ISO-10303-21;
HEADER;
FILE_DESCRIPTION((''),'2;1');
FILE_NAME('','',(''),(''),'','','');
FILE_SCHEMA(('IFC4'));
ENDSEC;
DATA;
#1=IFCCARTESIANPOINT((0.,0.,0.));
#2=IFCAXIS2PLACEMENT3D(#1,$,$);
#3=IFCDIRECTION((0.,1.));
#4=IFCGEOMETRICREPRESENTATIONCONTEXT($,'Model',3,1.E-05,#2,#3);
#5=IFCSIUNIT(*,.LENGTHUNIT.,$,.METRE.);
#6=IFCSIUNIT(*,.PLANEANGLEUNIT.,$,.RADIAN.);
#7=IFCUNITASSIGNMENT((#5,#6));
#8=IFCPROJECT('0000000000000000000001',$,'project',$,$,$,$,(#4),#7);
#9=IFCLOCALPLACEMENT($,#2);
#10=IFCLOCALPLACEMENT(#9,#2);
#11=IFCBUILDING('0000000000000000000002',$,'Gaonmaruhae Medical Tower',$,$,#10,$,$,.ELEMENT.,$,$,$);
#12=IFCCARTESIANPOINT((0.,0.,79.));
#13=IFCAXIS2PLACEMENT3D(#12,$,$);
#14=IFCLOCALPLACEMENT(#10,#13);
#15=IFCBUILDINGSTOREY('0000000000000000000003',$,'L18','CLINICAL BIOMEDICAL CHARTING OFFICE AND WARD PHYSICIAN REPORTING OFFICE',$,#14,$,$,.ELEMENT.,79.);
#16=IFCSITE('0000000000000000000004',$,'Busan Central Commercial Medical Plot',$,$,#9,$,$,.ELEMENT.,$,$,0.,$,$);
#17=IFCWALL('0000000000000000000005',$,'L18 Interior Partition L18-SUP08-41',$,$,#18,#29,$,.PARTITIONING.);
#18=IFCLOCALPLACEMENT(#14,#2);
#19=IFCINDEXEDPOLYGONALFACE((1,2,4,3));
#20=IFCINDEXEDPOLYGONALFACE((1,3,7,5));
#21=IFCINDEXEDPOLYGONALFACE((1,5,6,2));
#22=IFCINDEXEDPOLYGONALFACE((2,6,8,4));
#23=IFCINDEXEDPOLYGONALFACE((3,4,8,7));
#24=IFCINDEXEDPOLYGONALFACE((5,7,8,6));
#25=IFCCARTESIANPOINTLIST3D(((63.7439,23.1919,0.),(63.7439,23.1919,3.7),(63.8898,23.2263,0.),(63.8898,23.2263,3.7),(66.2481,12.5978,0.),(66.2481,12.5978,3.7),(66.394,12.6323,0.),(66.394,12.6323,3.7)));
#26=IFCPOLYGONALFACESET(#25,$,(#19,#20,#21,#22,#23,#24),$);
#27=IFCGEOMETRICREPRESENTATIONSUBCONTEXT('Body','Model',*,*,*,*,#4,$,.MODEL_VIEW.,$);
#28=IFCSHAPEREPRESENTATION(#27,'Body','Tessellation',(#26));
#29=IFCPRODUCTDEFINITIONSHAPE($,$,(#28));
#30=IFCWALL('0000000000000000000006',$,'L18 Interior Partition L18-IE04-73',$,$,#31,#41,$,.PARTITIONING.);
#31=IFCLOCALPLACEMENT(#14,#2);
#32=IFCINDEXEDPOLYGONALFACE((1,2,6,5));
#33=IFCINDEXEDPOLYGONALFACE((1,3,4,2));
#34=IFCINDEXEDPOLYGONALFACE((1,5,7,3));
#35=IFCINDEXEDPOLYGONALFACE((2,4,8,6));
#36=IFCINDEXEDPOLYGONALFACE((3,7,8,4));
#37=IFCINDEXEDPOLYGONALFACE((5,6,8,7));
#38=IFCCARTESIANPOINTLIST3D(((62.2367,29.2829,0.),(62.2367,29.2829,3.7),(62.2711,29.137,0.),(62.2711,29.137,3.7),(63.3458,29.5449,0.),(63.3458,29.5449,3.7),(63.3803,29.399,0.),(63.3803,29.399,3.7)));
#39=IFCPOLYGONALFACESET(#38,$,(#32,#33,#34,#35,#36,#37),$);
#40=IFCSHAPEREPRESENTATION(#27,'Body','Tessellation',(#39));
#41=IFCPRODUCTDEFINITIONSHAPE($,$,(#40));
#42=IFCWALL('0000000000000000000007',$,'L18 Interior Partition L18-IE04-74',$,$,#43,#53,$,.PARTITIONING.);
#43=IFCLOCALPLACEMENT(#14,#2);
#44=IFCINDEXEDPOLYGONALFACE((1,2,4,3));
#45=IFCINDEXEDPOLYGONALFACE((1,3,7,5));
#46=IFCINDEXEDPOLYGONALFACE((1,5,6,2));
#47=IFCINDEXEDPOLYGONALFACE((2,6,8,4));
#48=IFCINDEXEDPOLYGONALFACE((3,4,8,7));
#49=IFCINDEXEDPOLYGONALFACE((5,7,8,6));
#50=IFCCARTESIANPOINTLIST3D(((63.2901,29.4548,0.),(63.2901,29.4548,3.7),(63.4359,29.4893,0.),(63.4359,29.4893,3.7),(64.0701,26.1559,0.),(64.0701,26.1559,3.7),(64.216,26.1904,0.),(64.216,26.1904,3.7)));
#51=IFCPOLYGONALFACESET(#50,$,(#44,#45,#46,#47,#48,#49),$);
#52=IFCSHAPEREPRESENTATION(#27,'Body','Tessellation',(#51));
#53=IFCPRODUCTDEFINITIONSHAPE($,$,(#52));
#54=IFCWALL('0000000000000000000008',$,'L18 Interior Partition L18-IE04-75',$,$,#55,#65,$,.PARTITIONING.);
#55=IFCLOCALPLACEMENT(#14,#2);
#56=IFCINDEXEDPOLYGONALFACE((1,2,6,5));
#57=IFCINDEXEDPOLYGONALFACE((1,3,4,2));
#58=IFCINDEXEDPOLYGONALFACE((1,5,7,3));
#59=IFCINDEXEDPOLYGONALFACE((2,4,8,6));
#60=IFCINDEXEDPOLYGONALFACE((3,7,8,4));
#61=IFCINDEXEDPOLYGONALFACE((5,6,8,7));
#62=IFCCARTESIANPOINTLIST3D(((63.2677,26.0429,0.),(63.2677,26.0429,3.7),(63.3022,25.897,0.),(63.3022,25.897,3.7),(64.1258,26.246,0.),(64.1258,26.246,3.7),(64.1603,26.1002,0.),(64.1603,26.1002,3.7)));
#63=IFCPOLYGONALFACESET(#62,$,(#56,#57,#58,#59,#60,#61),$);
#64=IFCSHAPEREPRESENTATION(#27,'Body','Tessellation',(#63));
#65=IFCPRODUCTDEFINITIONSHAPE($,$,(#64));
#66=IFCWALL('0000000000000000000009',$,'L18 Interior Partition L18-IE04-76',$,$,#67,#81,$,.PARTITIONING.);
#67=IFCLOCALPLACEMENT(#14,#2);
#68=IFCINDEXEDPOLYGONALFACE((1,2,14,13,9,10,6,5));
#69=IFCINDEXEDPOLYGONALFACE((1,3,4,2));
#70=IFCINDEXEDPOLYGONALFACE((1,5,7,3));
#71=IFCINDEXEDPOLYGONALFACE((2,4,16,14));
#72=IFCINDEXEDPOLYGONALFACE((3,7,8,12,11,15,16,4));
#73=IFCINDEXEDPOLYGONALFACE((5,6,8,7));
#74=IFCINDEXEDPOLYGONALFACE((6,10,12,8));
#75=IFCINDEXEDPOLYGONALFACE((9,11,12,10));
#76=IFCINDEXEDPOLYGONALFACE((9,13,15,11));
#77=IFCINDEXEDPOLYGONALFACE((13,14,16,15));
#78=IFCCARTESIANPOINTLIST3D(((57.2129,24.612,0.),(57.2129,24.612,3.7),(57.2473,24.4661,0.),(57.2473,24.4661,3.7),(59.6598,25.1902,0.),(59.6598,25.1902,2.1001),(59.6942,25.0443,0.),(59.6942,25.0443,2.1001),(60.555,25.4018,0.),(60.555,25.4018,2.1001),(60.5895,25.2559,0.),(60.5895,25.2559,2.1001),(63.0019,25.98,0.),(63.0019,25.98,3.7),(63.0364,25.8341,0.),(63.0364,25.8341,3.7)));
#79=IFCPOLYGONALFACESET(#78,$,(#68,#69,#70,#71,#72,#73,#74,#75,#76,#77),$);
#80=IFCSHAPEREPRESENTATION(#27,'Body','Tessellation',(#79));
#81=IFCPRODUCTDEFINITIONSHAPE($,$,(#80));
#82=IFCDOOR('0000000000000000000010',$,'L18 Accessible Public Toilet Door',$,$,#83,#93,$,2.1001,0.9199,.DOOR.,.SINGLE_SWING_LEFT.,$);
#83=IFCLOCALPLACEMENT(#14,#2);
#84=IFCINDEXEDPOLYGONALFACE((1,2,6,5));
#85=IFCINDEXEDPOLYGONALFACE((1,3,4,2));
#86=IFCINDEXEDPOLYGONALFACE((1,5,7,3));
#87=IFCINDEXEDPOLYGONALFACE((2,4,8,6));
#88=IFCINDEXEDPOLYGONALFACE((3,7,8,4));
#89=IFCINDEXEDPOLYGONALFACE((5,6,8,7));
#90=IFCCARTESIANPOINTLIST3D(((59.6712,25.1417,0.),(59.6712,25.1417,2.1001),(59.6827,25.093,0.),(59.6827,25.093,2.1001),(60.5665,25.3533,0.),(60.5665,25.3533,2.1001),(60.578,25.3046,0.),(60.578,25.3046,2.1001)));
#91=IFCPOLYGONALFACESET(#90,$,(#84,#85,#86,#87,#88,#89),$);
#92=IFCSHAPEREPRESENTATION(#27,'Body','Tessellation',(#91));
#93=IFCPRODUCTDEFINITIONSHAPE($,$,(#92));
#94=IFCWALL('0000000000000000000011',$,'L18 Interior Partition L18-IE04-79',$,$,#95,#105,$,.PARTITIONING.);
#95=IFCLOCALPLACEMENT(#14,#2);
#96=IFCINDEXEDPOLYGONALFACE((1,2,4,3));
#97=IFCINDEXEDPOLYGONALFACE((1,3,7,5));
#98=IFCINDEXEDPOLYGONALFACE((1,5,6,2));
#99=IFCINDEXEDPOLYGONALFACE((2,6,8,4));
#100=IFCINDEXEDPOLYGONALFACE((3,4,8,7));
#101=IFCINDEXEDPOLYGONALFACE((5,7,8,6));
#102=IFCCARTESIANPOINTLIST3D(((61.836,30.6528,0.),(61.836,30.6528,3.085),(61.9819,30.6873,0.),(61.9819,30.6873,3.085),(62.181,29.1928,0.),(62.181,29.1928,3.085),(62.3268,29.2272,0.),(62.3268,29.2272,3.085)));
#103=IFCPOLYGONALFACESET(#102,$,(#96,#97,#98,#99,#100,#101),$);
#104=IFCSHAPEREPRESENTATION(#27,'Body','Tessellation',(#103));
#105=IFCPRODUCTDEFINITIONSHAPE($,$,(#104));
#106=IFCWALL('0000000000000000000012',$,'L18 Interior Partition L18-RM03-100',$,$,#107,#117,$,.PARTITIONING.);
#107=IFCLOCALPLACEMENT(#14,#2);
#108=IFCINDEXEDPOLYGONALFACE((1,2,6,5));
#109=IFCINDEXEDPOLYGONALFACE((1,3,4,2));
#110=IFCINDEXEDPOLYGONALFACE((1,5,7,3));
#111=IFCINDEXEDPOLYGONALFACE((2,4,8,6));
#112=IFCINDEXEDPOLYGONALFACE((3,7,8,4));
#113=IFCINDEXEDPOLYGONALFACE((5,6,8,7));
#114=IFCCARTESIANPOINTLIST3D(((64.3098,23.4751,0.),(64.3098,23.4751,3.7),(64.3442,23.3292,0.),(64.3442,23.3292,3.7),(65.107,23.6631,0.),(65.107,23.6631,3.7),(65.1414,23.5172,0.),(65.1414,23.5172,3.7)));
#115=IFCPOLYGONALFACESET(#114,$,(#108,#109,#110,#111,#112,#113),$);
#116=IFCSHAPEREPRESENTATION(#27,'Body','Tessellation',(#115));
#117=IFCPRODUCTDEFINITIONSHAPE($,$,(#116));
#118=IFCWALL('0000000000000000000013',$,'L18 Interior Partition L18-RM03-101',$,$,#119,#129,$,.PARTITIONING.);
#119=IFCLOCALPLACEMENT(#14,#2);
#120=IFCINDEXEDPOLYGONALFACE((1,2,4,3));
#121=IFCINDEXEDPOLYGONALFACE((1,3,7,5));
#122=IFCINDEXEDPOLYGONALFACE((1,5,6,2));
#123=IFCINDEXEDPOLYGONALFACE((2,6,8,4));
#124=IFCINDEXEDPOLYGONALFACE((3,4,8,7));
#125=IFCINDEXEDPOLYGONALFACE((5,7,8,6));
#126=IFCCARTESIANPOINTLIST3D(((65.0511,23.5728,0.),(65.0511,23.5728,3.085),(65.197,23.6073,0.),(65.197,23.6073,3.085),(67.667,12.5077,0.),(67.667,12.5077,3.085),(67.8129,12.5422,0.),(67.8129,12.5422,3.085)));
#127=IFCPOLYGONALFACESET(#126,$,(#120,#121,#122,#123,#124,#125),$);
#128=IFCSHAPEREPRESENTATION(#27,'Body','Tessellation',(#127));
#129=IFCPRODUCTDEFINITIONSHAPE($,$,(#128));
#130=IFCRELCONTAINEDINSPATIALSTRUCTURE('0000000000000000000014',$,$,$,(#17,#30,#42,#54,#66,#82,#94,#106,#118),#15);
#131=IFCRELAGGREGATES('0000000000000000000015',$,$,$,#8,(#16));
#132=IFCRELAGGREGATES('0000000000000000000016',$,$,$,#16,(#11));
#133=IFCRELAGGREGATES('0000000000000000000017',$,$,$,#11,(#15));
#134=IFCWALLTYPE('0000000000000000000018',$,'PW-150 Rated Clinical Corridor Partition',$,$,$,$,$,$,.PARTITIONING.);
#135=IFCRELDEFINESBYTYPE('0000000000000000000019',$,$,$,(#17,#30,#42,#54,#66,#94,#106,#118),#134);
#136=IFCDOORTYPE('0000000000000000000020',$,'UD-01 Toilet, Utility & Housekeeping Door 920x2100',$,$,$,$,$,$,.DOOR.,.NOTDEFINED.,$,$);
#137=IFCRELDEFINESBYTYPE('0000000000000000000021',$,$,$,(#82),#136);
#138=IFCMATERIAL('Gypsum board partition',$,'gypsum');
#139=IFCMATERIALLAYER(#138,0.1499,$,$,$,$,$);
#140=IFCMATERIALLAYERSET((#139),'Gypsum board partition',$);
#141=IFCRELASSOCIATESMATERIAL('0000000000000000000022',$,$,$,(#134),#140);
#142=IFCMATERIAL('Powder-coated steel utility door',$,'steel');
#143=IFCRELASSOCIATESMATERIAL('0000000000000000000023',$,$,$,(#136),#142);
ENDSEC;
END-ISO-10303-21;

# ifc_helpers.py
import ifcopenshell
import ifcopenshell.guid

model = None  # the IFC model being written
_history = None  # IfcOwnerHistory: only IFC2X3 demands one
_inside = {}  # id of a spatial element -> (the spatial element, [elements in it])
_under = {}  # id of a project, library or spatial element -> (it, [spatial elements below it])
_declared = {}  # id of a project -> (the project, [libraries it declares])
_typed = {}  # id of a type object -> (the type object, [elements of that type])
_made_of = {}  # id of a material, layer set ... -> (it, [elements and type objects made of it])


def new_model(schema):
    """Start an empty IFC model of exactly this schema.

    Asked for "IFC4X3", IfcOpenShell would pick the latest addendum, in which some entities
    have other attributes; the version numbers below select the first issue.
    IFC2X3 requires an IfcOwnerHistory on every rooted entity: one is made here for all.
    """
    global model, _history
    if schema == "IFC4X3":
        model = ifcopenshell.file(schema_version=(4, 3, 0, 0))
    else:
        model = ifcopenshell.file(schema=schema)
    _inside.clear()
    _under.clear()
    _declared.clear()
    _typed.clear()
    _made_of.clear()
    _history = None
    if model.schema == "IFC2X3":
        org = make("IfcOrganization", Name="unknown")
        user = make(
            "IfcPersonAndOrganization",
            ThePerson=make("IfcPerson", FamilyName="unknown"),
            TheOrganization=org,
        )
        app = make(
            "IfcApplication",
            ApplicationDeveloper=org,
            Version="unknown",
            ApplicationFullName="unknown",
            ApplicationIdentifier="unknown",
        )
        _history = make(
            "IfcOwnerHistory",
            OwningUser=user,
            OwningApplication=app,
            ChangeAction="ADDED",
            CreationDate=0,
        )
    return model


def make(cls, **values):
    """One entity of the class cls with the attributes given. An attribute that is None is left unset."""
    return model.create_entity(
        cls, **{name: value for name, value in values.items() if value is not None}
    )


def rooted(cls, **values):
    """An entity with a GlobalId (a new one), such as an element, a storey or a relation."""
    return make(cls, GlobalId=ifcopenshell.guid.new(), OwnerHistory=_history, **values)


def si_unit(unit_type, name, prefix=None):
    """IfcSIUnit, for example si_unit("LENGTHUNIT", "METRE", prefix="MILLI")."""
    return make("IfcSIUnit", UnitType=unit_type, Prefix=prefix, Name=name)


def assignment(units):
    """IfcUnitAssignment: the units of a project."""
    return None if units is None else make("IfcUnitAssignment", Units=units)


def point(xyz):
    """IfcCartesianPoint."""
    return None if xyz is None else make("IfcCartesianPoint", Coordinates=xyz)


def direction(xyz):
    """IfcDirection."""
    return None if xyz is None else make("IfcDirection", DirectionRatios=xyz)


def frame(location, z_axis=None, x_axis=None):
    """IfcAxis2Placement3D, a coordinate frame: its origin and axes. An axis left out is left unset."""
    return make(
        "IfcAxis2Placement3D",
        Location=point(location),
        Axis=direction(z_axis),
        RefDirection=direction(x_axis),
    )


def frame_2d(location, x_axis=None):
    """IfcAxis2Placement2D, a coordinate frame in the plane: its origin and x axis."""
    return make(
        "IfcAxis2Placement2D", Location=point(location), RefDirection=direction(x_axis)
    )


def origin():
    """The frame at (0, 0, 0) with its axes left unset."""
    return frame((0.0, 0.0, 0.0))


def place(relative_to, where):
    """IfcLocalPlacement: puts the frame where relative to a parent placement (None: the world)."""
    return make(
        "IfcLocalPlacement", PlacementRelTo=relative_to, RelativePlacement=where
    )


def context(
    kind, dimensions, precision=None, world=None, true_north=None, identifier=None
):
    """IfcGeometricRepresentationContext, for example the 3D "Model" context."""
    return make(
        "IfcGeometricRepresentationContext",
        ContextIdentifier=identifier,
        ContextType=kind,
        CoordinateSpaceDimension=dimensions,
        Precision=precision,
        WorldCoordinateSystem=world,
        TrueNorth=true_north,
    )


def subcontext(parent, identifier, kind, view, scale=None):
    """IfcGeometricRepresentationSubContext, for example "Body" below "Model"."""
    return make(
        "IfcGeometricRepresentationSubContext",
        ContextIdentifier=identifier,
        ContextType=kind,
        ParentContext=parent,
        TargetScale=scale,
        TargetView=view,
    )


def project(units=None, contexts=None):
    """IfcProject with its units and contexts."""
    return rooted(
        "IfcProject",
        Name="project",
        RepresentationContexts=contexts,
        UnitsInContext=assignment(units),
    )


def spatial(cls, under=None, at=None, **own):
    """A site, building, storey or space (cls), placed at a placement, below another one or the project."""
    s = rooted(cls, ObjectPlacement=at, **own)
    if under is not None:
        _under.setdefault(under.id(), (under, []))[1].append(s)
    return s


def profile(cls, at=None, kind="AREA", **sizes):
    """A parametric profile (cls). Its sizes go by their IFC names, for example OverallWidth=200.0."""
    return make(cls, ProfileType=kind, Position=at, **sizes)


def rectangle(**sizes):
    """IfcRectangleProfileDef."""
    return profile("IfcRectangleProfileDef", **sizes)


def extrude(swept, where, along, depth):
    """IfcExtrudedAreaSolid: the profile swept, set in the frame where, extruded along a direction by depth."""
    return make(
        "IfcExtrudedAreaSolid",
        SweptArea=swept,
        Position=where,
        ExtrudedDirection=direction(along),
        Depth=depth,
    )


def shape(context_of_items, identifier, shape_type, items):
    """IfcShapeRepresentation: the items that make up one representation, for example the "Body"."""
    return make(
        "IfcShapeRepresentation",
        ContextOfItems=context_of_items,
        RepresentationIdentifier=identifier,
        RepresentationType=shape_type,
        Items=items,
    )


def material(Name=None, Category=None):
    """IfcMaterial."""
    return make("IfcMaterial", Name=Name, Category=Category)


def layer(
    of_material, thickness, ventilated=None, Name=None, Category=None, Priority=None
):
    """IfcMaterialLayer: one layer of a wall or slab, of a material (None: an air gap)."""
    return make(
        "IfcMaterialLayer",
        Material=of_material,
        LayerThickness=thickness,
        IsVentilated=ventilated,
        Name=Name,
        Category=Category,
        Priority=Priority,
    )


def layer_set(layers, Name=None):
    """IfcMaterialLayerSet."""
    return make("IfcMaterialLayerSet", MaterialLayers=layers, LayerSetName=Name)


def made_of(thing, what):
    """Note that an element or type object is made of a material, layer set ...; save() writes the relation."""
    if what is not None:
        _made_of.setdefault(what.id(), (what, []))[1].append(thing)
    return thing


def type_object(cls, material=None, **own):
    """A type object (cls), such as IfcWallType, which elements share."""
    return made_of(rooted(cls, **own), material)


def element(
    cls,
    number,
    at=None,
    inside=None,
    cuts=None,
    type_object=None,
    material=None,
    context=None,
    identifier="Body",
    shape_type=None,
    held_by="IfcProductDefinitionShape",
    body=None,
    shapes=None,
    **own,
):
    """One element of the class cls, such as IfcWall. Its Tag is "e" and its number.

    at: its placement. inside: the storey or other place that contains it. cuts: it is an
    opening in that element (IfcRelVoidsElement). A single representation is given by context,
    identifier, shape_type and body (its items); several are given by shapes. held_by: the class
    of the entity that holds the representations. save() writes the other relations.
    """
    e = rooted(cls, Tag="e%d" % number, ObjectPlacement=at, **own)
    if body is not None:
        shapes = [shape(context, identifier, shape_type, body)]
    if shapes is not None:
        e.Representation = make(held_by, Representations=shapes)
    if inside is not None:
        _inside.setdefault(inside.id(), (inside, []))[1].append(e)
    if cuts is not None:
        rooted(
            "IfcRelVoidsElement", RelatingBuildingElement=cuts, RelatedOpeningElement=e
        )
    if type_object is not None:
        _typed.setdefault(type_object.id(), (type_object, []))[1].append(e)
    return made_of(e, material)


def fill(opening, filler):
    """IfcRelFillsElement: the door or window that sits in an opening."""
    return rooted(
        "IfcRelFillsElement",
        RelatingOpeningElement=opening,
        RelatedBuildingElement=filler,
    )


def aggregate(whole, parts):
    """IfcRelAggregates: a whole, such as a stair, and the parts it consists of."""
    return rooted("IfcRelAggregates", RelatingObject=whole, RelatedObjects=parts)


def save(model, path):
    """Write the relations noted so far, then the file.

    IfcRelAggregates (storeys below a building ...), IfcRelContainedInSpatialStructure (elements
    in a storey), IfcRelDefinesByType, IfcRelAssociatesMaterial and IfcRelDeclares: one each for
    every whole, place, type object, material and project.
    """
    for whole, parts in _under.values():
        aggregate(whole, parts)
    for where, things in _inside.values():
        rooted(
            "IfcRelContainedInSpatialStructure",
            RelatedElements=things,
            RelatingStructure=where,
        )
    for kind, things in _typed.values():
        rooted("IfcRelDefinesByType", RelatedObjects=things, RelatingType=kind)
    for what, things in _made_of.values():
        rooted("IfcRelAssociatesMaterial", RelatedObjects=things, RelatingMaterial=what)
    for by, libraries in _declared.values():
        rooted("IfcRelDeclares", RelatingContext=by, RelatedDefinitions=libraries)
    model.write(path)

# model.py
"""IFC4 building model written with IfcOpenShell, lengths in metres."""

from ifc_helpers import new_model, si_unit, direction, frame, frame_2d, origin, place, context, subcontext, project, spatial, rectangle, extrude, material, layer, layer_set, type_object, element, fill, save


model = new_model("IFC4")

# Units and contexts
model_context = context("Model", 3, precision=1e-05, world=origin(), true_north=direction((0.0, 1.0)))
body_context = subcontext(model_context, "Body", "Model", "MODEL_VIEW")
ifc_project = project(units=[si_unit("LENGTHUNIT", "METRE"), si_unit("PLANEANGLEUNIT", "RADIAN")], contexts=[model_context])

# Site, building, storey
site_placement = place(None, origin())
site = spatial("IfcSite", under=ifc_project, at=site_placement, Name="Busan Central Commercial Medical Plot", CompositionType="ELEMENT", RefElevation=0.0)
building_placement = place(site_placement, origin())
building = spatial("IfcBuilding", under=site, at=building_placement, Name="Gaonmaruhae Medical Tower", CompositionType="ELEMENT")
storey_placement = place(building_placement, frame((0.0, 0.0, 79.0)))
storey = spatial("IfcBuildingStorey", under=building, at=storey_placement, Name="L18", Description="CLINICAL BIOMEDICAL CHARTING OFFICE AND WARD PHYSICIAN REPORTING OFFICE", CompositionType="ELEMENT", Elevation=79.0)

# Walls
ifc_material_1 = material(Name="Gypsum board partition", Category="gypsum")
ifc_layer_1 = layer(ifc_material_1, 0.1499)
ifc_layer_set_1 = layer_set([ifc_layer_1], Name="Gypsum board partition")
wall_type_1 = type_object("IfcWallType", Name="PW-150 Rated Clinical Corridor Partition", PredefinedType="PARTITIONING", material=ifc_layer_set_1)
wall_1_placement = place(storey_placement, frame((63.8169, 23.209, 0.0), z_axis=(0.0, 0.0, 1.0), x_axis=(0.230035, -0.973182, 0.0)))
element("IfcWall", 1, at=wall_1_placement, inside=storey, type_object=wall_type_1, Name="L18 Interior Partition L18-SUP08-41", PredefinedType="PARTITIONING", context=body_context, shape_type="SweptSolid", body=[
    extrude(rectangle(XDim=10.886, YDim=0.1499, at=frame_2d((5.4429, 0.0))), origin(), (0.0, 0.0, 1.0), 3.7),
])
wall_2_placement = place(storey_placement, frame((62.2539, 29.21, 0.0), z_axis=(0.0, 0.0, 1.0), x_axis=(0.973223, 0.229863, 0.0)))
element("IfcWall", 2, at=wall_2_placement, inside=storey, type_object=wall_type_1, Name="L18 Interior Partition L18-IE04-73", PredefinedType="PARTITIONING", context=body_context, shape_type="SweptSolid", body=[
    extrude(rectangle(XDim=1.1396, YDim=0.1499, at=frame_2d((0.5698, 0.0))), origin(), (0.0, 0.0, 1.0), 3.7),
])
wall_3_placement = place(storey_placement, frame((63.363, 29.4719, 0.0), z_axis=(0.0, 0.0, 1.0), x_axis=(0.230111, -0.973164, 0.0)))
element("IfcWall", 3, at=wall_3_placement, inside=storey, type_object=wall_type_1, Name="L18 Interior Partition L18-IE04-74", PredefinedType="PARTITIONING", context=body_context, shape_type="SweptSolid", body=[
    extrude(rectangle(XDim=3.3899, YDim=0.1499, at=frame_2d((1.6948, 0.0))), origin(), (0.0, 0.0, 1.0), 3.7),
])
wall_4_placement = place(storey_placement, frame((64.1431, 26.1731, 0.0), z_axis=(0.0, 0.0, 1.0), x_axis=(-0.973111, -0.230335, 0.0)))
element("IfcWall", 4, at=wall_4_placement, inside=storey, type_object=wall_type_1, Name="L18 Interior Partition L18-IE04-75", PredefinedType="PARTITIONING", context=body_context, shape_type="SweptSolid", body=[
    extrude(rectangle(XDim=0.8818, YDim=0.1499, at=frame_2d((0.4409, 0.0))), origin(), (0.0, 0.0, 1.0), 3.7),
])

# Wall, opening, door
wall_5_placement = place(storey_placement, frame((63.019, 25.907, 0.0), z_axis=(0.0, 0.0, 1.0), x_axis=(-0.9732, -0.229961, 0.0)))
wall_5 = element("IfcWall", 5, at=wall_5_placement, inside=storey, type_object=wall_type_1, Name="L18 Interior Partition L18-IE04-76", PredefinedType="PARTITIONING", context=body_context, shape_type="SweptSolid", body=[
    extrude(rectangle(XDim=5.9485, YDim=0.1499, at=frame_2d((2.9741, 0.0))), origin(), (0.0, 0.0, 1.0), 3.7),
])
opening_placement = place(wall_5_placement, frame((2.5142, 0.0, 0.0)))
opening = element("IfcOpeningElement", 6, at=opening_placement, cuts=wall_5, PredefinedType="OPENING", context=body_context, shape_type="SweptSolid", body=[
    extrude(rectangle(XDim=0.9199, YDim=2.1001, at=frame_2d((0.46, 1.05))), frame((0.0, 0.085, 0.0), z_axis=(0.0, -1.0, 0.0), x_axis=(1.0, 0.0, 0.0)), (0.0, 0.0, 1.0), 0.1699),
])
ifc_material_2 = material(Name="Powder-coated steel utility door", Category="steel")
door_type = type_object("IfcDoorType", Name="UD-01 Toilet, Utility & Housekeeping Door 920x2100", OperationType="NOTDEFINED", PredefinedType="DOOR", material=ifc_material_2)
door_placement = place(opening_placement, origin())
door = element("IfcDoor", 7, at=door_placement, inside=storey, type_object=door_type, Name="L18 Accessible Public Toilet Door", OperationType="SINGLE_SWING_LEFT", OverallHeight=2.1001, OverallWidth=0.9199, PredefinedType="DOOR", context=body_context, shape_type="SweptSolid", body=[
    extrude(rectangle(XDim=0.9199, YDim=2.1001, at=frame_2d((0.46, 1.05))), frame((0.0, 0.0249, 0.0), z_axis=(0.0, -1.0, 0.0), x_axis=(1.0, 0.0, 0.0)), (0.0, 0.0, 1.0), 0.05),
])
fill(opening, door)

# Walls
wall_6_placement = place(storey_placement, frame((61.9089, 30.6699, 0.0), z_axis=(0.0, 0.0, 1.0), x_axis=(0.229955, -0.973201, 0.0)))
element("IfcWall", 8, at=wall_6_placement, inside=storey, type_object=wall_type_1, Name="L18 Interior Partition L18-IE04-79", PredefinedType="PARTITIONING", context=body_context, shape_type="SweptSolid", body=[
    extrude(rectangle(XDim=1.5002, YDim=0.1499, at=frame_2d((0.75, 0.0))), origin(), (0.0, 0.0, 1.0), 3.085),
])
wall_7_placement = place(storey_placement, frame((64.3269, 23.4021, 0.0), z_axis=(0.0, 0.0, 1.0), x_axis=(0.9733, 0.229538, 0.0)))
element("IfcWall", 9, at=wall_7_placement, inside=storey, type_object=wall_type_1, Name="L18 Interior Partition L18-RM03-100", PredefinedType="PARTITIONING", context=body_context, shape_type="SweptSolid", body=[
    extrude(rectangle(XDim=0.8191, YDim=0.1499, at=frame_2d((0.4097, 0.0))), origin(), (0.0, 0.0, 1.0), 3.7),
])
wall_8_placement = place(storey_placement, frame((65.124, 23.5901, 0.0), z_axis=(0.0, 0.0, 1.0), x_axis=(0.230072, -0.973174, 0.0)))
element("IfcWall", 10, at=wall_8_placement, inside=storey, type_object=wall_type_1, Name="L18 Interior Partition L18-RM03-101", PredefinedType="PARTITIONING", context=body_context, shape_type="SweptSolid", body=[
    extrude(rectangle(XDim=11.3701, YDim=0.1499, at=frame_2d((5.6851, 0.0))), origin(), (0.0, 0.0, 1.0), 3.085),
])

save(model, "model.ifc")
